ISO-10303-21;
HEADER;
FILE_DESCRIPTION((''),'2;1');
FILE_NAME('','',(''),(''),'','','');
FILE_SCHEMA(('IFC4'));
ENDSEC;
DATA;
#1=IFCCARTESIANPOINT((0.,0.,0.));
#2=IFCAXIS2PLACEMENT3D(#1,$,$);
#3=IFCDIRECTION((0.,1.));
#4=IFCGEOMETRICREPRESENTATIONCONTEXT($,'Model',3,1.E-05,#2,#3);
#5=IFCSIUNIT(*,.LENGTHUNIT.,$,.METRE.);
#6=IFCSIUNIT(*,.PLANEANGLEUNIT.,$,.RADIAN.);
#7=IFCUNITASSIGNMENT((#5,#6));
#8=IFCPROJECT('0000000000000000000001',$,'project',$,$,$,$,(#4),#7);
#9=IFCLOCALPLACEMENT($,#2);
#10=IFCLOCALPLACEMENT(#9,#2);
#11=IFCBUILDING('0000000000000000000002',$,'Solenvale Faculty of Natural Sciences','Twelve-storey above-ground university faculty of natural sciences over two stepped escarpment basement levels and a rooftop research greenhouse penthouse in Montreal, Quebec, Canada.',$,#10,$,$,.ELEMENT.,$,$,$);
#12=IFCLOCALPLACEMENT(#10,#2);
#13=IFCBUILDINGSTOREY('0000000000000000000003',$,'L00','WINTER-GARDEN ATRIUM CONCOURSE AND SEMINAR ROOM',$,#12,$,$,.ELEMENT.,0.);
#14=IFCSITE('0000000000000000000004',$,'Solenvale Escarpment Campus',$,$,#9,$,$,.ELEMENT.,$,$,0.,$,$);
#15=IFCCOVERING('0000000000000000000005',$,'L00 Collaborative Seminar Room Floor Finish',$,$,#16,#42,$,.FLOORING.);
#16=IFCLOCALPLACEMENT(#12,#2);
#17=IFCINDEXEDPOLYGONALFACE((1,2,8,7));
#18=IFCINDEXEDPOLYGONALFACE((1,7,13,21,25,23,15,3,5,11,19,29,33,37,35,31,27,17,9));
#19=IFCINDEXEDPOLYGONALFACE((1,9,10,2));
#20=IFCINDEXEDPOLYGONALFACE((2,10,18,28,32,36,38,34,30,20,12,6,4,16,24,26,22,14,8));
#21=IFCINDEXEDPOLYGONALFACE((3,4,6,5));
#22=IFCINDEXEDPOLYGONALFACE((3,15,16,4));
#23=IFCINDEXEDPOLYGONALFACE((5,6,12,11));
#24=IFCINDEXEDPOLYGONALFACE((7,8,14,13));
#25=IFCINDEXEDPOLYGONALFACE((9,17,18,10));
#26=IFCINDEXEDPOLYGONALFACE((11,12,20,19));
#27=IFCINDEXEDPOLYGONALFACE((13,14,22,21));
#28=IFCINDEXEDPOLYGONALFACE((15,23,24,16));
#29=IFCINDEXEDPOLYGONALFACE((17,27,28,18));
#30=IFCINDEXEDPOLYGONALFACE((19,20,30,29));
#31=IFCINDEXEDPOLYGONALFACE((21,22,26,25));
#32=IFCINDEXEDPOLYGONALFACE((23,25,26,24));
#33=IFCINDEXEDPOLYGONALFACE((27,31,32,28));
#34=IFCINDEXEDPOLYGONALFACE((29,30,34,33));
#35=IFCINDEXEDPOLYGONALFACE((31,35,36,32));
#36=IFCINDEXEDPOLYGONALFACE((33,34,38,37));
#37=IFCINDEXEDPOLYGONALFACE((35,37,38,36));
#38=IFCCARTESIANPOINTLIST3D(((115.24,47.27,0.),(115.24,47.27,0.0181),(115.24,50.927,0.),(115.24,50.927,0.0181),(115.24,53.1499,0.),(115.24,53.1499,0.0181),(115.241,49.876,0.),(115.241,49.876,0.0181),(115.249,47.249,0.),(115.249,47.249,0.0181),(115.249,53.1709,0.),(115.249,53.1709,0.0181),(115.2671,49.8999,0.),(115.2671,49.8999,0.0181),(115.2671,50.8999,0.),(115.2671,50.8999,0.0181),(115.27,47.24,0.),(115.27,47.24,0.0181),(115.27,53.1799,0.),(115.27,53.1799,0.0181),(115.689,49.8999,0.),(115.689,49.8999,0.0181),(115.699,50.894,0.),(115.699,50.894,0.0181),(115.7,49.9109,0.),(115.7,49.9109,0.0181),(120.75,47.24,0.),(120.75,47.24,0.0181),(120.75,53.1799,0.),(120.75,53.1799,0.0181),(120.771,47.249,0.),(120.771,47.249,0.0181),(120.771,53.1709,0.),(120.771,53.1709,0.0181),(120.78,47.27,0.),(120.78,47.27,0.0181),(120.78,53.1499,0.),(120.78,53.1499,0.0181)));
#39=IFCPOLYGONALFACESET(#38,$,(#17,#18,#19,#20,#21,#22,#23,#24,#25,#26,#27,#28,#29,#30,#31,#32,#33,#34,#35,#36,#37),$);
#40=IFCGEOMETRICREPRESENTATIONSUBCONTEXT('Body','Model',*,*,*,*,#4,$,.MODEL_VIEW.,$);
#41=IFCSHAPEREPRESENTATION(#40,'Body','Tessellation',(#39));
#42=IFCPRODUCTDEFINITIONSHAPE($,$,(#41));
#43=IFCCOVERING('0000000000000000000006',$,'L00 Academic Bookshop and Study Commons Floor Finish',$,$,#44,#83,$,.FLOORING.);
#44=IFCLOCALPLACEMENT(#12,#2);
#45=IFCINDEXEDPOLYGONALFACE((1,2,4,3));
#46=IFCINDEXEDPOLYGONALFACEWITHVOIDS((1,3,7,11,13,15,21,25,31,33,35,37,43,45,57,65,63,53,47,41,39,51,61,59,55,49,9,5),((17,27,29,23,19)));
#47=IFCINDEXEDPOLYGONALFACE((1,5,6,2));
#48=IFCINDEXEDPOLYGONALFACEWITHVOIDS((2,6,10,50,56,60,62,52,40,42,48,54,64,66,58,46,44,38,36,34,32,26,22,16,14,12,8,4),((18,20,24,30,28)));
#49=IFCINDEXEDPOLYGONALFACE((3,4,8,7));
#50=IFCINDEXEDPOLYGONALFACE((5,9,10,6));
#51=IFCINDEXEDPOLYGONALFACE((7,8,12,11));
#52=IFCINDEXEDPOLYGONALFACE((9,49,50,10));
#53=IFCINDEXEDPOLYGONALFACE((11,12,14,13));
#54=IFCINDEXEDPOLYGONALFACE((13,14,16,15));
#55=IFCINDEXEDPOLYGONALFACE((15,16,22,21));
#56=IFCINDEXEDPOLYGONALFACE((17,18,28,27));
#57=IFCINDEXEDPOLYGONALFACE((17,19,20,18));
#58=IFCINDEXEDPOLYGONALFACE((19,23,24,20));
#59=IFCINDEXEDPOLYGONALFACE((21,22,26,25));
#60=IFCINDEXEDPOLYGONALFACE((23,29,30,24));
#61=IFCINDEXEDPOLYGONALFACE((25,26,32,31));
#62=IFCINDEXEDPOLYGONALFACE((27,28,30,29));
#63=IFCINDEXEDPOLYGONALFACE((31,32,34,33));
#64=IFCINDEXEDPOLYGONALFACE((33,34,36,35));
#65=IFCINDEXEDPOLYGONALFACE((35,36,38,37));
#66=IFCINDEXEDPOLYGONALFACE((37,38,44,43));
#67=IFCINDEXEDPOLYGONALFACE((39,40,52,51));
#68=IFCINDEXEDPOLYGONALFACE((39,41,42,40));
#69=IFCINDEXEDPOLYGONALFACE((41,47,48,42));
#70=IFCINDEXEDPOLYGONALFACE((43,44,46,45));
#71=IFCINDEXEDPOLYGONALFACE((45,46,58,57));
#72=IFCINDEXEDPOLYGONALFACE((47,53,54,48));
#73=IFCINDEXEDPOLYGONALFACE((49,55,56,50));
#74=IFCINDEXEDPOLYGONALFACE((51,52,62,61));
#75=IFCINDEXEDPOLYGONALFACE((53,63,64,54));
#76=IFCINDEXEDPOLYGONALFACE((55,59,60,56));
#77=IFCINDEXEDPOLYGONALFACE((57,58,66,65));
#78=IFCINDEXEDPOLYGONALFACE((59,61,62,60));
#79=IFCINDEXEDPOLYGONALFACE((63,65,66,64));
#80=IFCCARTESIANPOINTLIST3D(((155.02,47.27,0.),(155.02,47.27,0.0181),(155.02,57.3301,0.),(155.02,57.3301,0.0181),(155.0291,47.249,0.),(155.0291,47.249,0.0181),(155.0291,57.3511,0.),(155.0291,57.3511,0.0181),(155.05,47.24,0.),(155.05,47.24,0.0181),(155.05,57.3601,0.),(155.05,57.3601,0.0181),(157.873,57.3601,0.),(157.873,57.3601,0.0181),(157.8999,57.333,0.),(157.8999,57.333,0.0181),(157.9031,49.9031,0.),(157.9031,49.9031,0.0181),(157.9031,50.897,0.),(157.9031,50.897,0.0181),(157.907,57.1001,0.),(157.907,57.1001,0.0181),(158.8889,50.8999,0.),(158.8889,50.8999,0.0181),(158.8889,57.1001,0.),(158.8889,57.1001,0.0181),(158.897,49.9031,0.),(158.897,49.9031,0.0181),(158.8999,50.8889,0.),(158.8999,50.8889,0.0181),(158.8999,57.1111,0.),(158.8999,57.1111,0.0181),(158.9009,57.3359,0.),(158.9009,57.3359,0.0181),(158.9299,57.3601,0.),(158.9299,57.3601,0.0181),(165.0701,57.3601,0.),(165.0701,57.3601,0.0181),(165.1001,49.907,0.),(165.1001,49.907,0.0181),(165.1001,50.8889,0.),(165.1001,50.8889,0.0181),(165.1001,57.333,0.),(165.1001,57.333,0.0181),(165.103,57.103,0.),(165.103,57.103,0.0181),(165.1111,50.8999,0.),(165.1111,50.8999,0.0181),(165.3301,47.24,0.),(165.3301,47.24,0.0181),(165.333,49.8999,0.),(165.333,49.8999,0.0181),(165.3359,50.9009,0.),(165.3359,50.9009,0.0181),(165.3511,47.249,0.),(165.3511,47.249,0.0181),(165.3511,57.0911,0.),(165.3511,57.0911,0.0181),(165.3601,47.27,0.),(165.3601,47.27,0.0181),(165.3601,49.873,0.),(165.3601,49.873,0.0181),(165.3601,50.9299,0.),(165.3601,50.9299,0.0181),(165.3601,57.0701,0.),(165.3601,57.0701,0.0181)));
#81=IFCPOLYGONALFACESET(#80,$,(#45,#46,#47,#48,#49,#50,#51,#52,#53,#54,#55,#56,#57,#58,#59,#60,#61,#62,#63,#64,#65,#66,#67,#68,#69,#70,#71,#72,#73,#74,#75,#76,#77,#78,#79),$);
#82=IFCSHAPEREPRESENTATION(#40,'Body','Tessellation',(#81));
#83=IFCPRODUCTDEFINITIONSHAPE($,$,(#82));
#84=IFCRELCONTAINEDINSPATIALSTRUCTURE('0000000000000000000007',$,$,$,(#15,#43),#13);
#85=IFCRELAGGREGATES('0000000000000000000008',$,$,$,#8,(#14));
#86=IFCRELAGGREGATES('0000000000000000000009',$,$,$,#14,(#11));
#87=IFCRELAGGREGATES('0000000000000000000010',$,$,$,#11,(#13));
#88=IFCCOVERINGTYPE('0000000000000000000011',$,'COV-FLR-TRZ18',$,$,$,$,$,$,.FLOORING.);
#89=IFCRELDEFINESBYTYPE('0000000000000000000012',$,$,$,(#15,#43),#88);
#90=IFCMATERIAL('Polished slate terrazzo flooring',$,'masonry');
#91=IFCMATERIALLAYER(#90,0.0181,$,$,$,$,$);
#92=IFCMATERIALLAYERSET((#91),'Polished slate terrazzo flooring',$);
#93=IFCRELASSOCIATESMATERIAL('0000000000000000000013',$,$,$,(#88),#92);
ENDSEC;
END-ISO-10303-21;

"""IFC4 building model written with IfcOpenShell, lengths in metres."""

from ifc_helpers import new_model, si_unit, direction, origin, place, context, subcontext, project, spatial, polyline, outline, extrude, material, layer, layer_set, type_object, element, save


model = new_model("IFC4")

# Units and contexts
model_context = context("Model", 3, precision=1e-05, world=origin(), true_north=direction((0.0, 1.0)))
body_context = subcontext(model_context, "Body", "Model", "MODEL_VIEW")
ifc_project = project(units=[si_unit("LENGTHUNIT", "METRE"), si_unit("PLANEANGLEUNIT", "RADIAN")], contexts=[model_context])

# Site, building, storey
site_placement = place(None, origin())
site = spatial("IfcSite", under=ifc_project, at=site_placement, Name="Solenvale Escarpment Campus", CompositionType="ELEMENT", RefElevation=0.0)
building_placement = place(site_placement, origin())
building = spatial("IfcBuilding", under=site, at=building_placement, Name="Solenvale Faculty of Natural Sciences", Description="Twelve-storey above-ground university faculty of natural sciences over two stepped escarpment basement levels and a rooftop research greenhouse penthouse in Montreal, Quebec, Canada.", CompositionType="ELEMENT")
storey_placement = place(building_placement, origin())
storey = spatial("IfcBuildingStorey", under=building, at=storey_placement, Name="L00", Description="WINTER-GARDEN ATRIUM CONCOURSE AND SEMINAR ROOM", CompositionType="ELEMENT", Elevation=0.0)

# Coverings
ifc_material_1 = material(Name="Polished slate terrazzo flooring", Category="masonry")
ifc_layer_1 = layer(ifc_material_1, 0.0181)
ifc_layer_set_1 = layer_set([ifc_layer_1], Name="Polished slate terrazzo flooring")
covering_type_1 = type_object("IfcCoveringType", Name="COV-FLR-TRZ18", PredefinedType="FLOORING", material=ifc_layer_set_1)
covering_1_placement = place(storey_placement, origin())
element("IfcCovering", 1, at=covering_1_placement, inside=storey, type_object=covering_type_1, Name="L00 Collaborative Seminar Room Floor Finish", PredefinedType="FLOORING", context=body_context, shape_type="SweptSolid", body=[
    extrude(outline(polyline([(120.75, 53.1799), (120.771, 53.1709), (120.78, 53.1499), (120.78, 47.27), (120.771, 47.249), (120.75, 47.24), (115.27, 47.24), (115.249, 47.249), (115.24, 47.27), (115.241, 49.876), (115.2671, 49.8999), (115.689, 49.8999), (115.7, 49.9109), (115.699, 50.894), (115.2671, 50.8999), (115.24, 50.927), (115.24, 53.1499), (115.249, 53.1709), (115.27, 53.1799), (120.75, 53.1799)])), origin(), (0.0, 0.0, 1.0), 0.0181),
])
covering_2_placement = place(storey_placement, origin())
element("IfcCovering", 2, at=covering_2_placement, inside=storey, type_object=covering_type_1, Name="L00 Academic Bookshop and Study Commons Floor Finish", PredefinedType="FLOORING", context=body_context, shape_type="SweptSolid", body=[
    extrude(outline(polyline([(155.05, 47.24), (155.0291, 47.249), (155.02, 47.27), (155.02, 57.3301), (155.0291, 57.3511), (155.05, 57.3601), (157.873, 57.3601), (157.8999, 57.333), (157.907, 57.1001), (158.8889, 57.1001), (158.8999, 57.1111), (158.9009, 57.3359), (158.9299, 57.3601), (165.0701, 57.3601), (165.1001, 57.333), (165.103, 57.103), (165.3511, 57.0911), (165.3601, 57.0701), (165.3601, 50.9299), (165.3359, 50.9009), (165.1111, 50.8999), (165.1001, 50.8889), (165.1001, 49.907), (165.333, 49.8999), (165.3601, 49.873), (165.3601, 47.27), (165.3511, 47.249), (165.3301, 47.24), (155.05, 47.24)]), holes=[polyline([(158.8999, 50.8889), (158.8889, 50.8999), (157.9031, 50.897), (157.9031, 49.9031), (158.897, 49.9031), (158.8999, 50.8889)])]), origin(), (0.0, 0.0, 1.0), 0.0181),
])

save(model, "model.ifc")
